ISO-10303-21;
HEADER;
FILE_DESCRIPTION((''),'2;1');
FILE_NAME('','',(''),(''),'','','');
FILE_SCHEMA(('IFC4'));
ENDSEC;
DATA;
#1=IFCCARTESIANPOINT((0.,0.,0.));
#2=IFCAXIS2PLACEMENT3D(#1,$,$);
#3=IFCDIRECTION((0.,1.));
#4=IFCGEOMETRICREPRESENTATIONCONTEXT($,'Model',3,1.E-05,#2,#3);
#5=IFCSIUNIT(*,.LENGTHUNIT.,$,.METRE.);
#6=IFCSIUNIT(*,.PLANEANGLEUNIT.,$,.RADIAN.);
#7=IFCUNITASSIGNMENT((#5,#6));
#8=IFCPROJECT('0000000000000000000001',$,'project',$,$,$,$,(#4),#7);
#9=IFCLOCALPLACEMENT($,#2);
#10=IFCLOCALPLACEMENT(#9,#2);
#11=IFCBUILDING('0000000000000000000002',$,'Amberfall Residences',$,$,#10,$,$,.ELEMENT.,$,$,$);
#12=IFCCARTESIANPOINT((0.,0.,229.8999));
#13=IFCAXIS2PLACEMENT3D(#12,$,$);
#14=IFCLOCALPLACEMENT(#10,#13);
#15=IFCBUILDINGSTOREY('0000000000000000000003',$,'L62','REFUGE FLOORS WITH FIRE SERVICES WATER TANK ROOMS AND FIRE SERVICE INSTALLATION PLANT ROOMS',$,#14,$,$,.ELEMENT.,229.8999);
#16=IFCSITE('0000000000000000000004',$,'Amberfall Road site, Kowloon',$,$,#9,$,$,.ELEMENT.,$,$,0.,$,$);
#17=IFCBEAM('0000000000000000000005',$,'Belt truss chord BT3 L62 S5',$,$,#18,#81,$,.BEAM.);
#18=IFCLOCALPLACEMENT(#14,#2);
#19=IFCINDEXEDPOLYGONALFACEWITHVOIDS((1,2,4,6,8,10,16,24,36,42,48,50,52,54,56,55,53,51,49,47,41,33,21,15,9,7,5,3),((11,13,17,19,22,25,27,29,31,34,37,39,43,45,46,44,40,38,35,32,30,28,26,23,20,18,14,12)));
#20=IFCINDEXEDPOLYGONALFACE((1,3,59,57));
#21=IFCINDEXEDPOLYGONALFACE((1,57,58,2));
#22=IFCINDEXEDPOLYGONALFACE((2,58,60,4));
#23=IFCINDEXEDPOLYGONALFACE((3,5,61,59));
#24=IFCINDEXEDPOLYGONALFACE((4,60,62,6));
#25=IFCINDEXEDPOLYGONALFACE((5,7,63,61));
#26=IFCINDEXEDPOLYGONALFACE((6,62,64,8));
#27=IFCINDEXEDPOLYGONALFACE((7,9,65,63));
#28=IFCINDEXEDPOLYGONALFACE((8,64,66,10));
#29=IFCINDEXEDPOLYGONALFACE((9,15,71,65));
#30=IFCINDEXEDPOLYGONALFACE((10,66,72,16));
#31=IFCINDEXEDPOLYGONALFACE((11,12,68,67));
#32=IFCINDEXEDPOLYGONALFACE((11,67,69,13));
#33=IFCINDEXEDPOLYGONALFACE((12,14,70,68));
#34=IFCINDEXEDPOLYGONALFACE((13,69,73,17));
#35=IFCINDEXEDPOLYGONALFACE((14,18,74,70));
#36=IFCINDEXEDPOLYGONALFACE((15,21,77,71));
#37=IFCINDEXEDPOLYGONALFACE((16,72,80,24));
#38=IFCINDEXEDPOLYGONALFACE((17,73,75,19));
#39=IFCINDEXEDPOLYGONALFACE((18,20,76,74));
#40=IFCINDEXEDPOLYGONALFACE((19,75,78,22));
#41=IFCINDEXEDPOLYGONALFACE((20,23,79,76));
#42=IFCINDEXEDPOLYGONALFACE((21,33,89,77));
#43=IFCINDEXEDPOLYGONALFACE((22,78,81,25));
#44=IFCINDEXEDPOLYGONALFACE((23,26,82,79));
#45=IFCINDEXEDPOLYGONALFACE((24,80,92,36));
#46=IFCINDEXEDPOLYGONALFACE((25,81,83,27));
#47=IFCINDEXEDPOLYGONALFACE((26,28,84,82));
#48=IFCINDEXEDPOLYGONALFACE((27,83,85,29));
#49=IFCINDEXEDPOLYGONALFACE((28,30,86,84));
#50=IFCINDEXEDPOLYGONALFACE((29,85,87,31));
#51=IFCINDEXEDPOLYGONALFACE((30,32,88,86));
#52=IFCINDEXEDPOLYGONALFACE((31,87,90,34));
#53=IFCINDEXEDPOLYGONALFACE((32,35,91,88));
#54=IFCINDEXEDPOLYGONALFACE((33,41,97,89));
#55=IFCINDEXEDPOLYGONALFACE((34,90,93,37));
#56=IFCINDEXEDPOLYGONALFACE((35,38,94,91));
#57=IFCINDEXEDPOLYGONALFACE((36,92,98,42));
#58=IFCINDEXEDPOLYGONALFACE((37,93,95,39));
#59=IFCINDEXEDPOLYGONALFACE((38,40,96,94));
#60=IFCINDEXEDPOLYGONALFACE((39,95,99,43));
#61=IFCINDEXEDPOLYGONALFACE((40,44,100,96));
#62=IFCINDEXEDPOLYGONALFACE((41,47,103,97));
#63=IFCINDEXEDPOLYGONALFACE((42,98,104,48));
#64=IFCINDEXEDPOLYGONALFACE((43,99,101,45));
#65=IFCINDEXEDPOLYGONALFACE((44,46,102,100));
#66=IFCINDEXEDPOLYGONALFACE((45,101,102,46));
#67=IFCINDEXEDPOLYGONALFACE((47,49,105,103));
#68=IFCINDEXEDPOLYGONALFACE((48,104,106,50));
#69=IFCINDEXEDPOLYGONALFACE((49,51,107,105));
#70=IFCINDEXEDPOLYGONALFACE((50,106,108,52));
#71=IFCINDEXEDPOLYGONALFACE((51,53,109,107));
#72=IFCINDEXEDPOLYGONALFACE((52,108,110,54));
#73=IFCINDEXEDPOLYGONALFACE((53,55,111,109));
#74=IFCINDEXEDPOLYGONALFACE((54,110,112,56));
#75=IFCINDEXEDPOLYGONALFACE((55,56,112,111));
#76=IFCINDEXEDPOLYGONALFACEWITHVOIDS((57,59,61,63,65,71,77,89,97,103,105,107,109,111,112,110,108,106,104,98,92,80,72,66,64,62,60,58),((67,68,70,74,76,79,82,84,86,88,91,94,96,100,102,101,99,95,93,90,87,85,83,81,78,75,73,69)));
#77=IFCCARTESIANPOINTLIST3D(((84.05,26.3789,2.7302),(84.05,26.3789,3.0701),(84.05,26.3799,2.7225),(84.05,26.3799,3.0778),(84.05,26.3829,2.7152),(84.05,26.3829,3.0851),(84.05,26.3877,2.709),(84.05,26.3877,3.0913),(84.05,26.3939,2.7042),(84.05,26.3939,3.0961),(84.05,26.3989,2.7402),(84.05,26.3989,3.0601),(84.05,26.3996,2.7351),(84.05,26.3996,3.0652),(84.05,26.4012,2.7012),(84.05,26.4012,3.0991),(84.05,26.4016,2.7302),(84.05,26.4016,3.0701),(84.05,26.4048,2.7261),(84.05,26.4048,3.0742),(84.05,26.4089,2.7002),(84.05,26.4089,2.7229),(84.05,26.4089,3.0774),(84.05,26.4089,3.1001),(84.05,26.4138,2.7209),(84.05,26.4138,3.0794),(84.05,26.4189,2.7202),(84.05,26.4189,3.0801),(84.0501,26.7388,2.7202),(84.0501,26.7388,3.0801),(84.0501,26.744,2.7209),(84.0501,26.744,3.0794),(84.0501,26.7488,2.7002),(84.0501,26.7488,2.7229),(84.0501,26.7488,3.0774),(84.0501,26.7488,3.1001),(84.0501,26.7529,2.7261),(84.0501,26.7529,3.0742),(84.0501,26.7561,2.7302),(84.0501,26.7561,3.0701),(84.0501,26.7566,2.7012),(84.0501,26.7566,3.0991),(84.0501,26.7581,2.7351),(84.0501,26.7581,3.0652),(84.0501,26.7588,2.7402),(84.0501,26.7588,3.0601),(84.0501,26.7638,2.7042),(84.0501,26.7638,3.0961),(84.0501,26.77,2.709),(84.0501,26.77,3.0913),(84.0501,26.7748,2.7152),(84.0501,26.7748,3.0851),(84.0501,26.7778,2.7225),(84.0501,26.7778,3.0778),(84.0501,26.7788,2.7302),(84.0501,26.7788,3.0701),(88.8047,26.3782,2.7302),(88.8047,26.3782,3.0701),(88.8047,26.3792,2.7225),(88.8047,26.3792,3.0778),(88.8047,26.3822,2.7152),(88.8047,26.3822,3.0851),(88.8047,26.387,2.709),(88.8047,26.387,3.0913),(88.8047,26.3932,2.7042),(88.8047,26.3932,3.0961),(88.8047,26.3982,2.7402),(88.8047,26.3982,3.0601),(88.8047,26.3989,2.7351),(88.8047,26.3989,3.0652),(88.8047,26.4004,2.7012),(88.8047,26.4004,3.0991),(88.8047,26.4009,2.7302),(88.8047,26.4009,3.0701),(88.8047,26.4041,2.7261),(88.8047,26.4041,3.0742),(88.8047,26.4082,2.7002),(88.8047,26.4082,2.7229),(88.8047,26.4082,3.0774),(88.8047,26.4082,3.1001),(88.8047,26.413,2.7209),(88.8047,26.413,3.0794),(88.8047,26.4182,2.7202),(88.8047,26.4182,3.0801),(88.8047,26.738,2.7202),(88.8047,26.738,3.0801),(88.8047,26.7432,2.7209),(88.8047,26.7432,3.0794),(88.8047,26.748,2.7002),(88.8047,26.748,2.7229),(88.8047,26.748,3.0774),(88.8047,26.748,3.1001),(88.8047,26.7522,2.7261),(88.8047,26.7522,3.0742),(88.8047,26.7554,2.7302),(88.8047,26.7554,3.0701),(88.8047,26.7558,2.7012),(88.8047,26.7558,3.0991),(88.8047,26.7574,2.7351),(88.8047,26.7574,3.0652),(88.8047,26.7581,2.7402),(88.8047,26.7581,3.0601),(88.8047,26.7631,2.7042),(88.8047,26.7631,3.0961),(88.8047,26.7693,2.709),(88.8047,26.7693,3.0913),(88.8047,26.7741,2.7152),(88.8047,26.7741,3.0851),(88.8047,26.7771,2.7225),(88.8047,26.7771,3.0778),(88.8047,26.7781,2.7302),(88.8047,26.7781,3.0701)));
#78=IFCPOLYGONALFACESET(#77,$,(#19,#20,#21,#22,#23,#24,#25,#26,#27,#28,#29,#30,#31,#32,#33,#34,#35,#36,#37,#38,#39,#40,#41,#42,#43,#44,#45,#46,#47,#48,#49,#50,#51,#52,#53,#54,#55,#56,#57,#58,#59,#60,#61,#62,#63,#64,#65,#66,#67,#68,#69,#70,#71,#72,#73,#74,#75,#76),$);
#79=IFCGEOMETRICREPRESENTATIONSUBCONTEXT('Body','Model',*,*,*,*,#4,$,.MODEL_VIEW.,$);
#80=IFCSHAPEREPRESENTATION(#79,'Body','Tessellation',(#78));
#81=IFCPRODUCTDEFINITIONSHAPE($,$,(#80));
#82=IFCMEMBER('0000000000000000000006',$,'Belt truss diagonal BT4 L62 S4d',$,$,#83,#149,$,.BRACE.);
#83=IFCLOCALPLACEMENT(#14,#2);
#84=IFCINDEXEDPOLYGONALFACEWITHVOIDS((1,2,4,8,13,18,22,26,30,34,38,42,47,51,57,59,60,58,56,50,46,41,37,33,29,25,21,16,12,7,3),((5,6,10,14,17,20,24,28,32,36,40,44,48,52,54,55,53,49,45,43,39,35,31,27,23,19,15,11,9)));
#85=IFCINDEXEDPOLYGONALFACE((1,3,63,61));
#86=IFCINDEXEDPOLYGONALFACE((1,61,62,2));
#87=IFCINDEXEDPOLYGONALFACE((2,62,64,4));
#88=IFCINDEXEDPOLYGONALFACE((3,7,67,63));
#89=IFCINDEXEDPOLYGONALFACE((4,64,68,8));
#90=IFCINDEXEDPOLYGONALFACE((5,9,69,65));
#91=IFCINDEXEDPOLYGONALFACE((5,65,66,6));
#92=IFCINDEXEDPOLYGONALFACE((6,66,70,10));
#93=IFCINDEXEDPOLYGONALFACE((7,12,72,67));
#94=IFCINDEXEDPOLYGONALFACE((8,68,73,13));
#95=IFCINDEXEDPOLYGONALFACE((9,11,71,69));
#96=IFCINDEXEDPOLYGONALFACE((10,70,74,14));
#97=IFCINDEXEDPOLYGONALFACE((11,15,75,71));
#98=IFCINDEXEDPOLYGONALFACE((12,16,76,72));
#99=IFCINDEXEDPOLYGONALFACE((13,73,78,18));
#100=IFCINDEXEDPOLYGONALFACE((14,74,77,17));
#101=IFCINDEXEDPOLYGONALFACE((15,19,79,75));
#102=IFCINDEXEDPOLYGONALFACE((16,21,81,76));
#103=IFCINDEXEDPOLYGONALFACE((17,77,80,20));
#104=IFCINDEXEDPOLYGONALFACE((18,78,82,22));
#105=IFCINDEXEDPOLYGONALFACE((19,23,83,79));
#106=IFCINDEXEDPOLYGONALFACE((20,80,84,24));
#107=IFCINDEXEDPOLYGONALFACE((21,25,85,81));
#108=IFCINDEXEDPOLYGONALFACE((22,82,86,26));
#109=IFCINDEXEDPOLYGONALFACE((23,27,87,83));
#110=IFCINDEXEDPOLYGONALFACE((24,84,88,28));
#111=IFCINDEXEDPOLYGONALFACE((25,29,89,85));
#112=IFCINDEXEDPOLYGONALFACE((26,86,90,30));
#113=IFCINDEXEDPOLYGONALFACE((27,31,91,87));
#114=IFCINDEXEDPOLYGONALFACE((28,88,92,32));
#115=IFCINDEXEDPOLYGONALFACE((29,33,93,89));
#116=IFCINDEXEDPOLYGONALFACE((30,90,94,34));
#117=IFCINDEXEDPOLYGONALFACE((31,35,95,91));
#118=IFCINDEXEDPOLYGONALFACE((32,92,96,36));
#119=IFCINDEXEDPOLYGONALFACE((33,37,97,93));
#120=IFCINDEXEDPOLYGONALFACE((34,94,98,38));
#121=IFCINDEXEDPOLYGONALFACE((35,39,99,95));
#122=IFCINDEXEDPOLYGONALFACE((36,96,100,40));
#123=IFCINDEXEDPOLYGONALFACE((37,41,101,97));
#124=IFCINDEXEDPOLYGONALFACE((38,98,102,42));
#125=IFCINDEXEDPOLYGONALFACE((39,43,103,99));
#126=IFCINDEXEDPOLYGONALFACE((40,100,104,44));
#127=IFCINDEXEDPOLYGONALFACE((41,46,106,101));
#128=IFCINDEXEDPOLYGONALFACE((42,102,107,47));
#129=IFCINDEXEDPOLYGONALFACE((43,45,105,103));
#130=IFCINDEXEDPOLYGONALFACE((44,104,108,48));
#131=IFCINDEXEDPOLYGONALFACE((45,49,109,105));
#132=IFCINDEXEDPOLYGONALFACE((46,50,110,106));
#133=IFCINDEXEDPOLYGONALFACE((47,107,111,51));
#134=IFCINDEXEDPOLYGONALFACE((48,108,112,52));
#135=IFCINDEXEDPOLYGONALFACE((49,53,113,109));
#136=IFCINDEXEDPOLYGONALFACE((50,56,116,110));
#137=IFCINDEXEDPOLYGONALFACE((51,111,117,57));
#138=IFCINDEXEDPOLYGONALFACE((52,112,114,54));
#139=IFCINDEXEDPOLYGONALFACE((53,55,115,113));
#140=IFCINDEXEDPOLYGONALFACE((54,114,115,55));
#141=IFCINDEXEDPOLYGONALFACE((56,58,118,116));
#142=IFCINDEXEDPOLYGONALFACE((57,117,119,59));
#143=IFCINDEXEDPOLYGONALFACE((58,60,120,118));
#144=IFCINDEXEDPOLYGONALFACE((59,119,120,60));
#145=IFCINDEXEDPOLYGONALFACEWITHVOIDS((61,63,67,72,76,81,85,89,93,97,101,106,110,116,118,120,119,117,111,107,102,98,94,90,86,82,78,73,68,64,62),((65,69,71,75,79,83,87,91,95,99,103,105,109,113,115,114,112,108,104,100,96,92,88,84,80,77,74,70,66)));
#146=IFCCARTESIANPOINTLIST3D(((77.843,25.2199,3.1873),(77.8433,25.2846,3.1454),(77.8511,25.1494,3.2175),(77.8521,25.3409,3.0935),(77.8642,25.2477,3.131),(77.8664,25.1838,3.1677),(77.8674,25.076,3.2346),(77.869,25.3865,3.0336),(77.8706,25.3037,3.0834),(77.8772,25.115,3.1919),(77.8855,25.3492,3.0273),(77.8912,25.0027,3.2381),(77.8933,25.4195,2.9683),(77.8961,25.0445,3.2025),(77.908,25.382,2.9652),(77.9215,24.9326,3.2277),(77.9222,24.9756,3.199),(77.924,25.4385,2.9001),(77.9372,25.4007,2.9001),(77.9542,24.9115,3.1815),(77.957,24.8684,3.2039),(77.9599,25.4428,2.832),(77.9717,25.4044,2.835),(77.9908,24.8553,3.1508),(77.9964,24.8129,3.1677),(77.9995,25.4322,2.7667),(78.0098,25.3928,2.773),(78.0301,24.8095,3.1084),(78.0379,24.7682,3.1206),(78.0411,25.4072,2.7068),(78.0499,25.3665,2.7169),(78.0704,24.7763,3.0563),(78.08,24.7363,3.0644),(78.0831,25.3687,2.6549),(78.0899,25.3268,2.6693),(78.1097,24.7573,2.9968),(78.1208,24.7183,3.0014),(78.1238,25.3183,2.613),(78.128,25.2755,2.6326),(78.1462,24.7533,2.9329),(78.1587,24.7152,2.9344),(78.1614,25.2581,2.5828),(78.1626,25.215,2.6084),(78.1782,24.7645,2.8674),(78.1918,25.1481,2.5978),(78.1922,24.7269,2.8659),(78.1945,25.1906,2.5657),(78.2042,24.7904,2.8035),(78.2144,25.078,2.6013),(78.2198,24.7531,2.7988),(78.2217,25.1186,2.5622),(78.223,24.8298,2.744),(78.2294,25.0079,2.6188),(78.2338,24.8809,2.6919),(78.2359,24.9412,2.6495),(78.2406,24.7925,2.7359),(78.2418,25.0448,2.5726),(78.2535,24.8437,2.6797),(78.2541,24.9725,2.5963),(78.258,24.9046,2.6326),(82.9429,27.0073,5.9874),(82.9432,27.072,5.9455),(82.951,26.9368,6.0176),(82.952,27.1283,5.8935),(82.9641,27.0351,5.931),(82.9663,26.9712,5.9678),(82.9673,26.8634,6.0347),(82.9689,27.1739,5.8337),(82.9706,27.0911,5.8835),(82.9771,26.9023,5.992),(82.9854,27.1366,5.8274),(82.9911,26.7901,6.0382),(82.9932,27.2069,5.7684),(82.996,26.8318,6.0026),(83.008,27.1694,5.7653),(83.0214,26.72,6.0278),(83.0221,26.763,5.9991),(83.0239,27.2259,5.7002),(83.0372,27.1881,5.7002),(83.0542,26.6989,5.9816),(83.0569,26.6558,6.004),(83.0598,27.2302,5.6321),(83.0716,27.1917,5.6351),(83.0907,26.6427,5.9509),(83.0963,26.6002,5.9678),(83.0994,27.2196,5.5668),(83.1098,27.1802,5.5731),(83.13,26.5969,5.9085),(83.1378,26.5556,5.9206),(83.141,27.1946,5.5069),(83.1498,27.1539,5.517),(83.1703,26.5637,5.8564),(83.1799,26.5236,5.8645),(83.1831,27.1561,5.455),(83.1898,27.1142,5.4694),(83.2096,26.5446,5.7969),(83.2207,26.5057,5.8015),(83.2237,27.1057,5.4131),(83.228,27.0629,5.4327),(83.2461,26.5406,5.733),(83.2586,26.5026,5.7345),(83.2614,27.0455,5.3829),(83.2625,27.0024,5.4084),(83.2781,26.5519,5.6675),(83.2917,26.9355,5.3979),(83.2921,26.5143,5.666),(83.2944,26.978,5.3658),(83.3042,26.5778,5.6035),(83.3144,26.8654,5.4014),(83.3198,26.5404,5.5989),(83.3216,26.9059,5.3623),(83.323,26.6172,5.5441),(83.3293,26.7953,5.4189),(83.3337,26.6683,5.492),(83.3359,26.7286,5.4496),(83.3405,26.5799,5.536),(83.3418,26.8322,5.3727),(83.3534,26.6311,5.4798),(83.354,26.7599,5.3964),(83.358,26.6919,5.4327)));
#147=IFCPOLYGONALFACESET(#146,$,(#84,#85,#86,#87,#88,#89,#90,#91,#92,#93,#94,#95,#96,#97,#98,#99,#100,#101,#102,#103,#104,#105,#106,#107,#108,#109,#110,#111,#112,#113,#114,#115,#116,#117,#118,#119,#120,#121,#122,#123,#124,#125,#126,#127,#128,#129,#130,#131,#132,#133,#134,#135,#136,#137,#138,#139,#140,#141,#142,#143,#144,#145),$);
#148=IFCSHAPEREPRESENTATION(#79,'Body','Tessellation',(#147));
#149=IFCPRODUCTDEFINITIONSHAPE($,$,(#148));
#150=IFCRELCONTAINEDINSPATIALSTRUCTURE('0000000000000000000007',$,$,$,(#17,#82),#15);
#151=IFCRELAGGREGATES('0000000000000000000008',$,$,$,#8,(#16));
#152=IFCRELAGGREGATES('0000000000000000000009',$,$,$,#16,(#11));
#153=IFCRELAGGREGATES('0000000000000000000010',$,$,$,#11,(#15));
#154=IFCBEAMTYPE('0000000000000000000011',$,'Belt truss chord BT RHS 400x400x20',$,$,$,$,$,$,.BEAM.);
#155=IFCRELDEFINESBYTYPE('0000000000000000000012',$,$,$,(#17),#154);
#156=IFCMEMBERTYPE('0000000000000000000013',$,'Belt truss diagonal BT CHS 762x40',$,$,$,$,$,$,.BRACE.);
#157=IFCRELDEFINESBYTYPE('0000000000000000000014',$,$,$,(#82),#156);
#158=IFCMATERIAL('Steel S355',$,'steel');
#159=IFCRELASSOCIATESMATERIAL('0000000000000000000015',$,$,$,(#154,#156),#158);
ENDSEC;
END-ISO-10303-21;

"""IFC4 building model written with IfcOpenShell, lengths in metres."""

from ifc_helpers import new_model, si_unit, direction, frame, origin, origin_2d, place, context, subcontext, project, spatial, hollow_rectangle, hollow_circle, extrude, material, material_profile, profile_set, type_object, element, save


model = new_model("IFC4")

# Units and contexts
model_context = context("Model", 3, precision=1e-05, world=origin(), true_north=direction((0.0, 1.0)))
body_context = subcontext(model_context, "Body", "Model", "MODEL_VIEW")
ifc_project = project(units=[si_unit("LENGTHUNIT", "METRE"), si_unit("PLANEANGLEUNIT", "RADIAN")], contexts=[model_context])

# Site, building, storey
site_placement = place(None, origin())
site = spatial("IfcSite", under=ifc_project, at=site_placement, Name="Amberfall Road site, Kowloon", CompositionType="ELEMENT", RefElevation=0.0)
building_placement = place(site_placement, origin())
building = spatial("IfcBuilding", under=site, at=building_placement, Name="Amberfall Residences", CompositionType="ELEMENT")
storey_placement = place(building_placement, frame((0.0, 0.0, 229.8999)))
storey = spatial("IfcBuildingStorey", under=building, at=storey_placement, Name="L62", Description="REFUGE FLOORS WITH FIRE SERVICES WATER TANK ROOMS AND FIRE SERVICE INSTALLATION PLANT ROOMS", CompositionType="ELEMENT", Elevation=229.8999)

# Beam
ifc_material_1 = material(Name="Steel S355", Category="steel")
ifc_material_profile_1 = material_profile(ifc_material_1, hollow_rectangle(XDim=0.3999, YDim=0.3999, WallThickness=0.02, InnerFilletRadius=0.02, OuterFilletRadius=0.03, at=origin_2d()), Name="RHS 400x400x20")
ifc_profile_set_1 = profile_set([ifc_material_profile_1], Name="Steel S355")
beam_type_1 = type_object("IfcBeamType", Name="Belt truss chord BT RHS 400x400x20", PredefinedType="BEAM", material=ifc_profile_set_1)
beam_1_placement = place(storey_placement, frame((84.05, 26.5789, 2.9001), z_axis=(1.0, -0.000154, 0.0), x_axis=(0.000154, 1.0, 0.0)))
element("IfcBeam", 1, at=beam_1_placement, inside=storey, type_object=beam_type_1, Name="Belt truss chord BT3 L62 S5", PredefinedType="BEAM", context=body_context, shape_type="SweptSolid", body=[
    extrude(hollow_rectangle(XDim=0.3999, YDim=0.3999, WallThickness=0.02, InnerFilletRadius=0.02, OuterFilletRadius=0.03, at=origin_2d()), origin(), (0.0, 0.0, 1.0), 4.7546),
])

# Member
ifc_material_profile_2 = material_profile(ifc_material_1, hollow_circle(Radius=0.3811, WallThickness=0.04, at=origin_2d()), Name="CHS 762x40")
ifc_profile_set_2 = profile_set([ifc_material_profile_2], Name="Steel S355")
member_type = type_object("IfcMemberType", Name="Belt truss diagonal BT CHS 762x40", PredefinedType="BRACE", material=ifc_profile_set_2)
member_1_placement = place(storey_placement, frame((78.05, 25.0789, 2.9001), z_axis=(0.837919, 0.293667, 0.460055), x_axis=(-0.330747, 0.94372, 0.0)))
element("IfcMember", 2, at=member_1_placement, inside=storey, type_object=member_type, Name="Belt truss diagonal BT4 L62 S4d", PredefinedType="BRACE", context=body_context, shape_type="SweptSolid", body=[
    extrude(hollow_circle(Radius=0.3811, WallThickness=0.04, at=origin_2d()), origin(), (0.0, 0.0, 1.0), 6.0864),
])

save(model, "model.ifc")
